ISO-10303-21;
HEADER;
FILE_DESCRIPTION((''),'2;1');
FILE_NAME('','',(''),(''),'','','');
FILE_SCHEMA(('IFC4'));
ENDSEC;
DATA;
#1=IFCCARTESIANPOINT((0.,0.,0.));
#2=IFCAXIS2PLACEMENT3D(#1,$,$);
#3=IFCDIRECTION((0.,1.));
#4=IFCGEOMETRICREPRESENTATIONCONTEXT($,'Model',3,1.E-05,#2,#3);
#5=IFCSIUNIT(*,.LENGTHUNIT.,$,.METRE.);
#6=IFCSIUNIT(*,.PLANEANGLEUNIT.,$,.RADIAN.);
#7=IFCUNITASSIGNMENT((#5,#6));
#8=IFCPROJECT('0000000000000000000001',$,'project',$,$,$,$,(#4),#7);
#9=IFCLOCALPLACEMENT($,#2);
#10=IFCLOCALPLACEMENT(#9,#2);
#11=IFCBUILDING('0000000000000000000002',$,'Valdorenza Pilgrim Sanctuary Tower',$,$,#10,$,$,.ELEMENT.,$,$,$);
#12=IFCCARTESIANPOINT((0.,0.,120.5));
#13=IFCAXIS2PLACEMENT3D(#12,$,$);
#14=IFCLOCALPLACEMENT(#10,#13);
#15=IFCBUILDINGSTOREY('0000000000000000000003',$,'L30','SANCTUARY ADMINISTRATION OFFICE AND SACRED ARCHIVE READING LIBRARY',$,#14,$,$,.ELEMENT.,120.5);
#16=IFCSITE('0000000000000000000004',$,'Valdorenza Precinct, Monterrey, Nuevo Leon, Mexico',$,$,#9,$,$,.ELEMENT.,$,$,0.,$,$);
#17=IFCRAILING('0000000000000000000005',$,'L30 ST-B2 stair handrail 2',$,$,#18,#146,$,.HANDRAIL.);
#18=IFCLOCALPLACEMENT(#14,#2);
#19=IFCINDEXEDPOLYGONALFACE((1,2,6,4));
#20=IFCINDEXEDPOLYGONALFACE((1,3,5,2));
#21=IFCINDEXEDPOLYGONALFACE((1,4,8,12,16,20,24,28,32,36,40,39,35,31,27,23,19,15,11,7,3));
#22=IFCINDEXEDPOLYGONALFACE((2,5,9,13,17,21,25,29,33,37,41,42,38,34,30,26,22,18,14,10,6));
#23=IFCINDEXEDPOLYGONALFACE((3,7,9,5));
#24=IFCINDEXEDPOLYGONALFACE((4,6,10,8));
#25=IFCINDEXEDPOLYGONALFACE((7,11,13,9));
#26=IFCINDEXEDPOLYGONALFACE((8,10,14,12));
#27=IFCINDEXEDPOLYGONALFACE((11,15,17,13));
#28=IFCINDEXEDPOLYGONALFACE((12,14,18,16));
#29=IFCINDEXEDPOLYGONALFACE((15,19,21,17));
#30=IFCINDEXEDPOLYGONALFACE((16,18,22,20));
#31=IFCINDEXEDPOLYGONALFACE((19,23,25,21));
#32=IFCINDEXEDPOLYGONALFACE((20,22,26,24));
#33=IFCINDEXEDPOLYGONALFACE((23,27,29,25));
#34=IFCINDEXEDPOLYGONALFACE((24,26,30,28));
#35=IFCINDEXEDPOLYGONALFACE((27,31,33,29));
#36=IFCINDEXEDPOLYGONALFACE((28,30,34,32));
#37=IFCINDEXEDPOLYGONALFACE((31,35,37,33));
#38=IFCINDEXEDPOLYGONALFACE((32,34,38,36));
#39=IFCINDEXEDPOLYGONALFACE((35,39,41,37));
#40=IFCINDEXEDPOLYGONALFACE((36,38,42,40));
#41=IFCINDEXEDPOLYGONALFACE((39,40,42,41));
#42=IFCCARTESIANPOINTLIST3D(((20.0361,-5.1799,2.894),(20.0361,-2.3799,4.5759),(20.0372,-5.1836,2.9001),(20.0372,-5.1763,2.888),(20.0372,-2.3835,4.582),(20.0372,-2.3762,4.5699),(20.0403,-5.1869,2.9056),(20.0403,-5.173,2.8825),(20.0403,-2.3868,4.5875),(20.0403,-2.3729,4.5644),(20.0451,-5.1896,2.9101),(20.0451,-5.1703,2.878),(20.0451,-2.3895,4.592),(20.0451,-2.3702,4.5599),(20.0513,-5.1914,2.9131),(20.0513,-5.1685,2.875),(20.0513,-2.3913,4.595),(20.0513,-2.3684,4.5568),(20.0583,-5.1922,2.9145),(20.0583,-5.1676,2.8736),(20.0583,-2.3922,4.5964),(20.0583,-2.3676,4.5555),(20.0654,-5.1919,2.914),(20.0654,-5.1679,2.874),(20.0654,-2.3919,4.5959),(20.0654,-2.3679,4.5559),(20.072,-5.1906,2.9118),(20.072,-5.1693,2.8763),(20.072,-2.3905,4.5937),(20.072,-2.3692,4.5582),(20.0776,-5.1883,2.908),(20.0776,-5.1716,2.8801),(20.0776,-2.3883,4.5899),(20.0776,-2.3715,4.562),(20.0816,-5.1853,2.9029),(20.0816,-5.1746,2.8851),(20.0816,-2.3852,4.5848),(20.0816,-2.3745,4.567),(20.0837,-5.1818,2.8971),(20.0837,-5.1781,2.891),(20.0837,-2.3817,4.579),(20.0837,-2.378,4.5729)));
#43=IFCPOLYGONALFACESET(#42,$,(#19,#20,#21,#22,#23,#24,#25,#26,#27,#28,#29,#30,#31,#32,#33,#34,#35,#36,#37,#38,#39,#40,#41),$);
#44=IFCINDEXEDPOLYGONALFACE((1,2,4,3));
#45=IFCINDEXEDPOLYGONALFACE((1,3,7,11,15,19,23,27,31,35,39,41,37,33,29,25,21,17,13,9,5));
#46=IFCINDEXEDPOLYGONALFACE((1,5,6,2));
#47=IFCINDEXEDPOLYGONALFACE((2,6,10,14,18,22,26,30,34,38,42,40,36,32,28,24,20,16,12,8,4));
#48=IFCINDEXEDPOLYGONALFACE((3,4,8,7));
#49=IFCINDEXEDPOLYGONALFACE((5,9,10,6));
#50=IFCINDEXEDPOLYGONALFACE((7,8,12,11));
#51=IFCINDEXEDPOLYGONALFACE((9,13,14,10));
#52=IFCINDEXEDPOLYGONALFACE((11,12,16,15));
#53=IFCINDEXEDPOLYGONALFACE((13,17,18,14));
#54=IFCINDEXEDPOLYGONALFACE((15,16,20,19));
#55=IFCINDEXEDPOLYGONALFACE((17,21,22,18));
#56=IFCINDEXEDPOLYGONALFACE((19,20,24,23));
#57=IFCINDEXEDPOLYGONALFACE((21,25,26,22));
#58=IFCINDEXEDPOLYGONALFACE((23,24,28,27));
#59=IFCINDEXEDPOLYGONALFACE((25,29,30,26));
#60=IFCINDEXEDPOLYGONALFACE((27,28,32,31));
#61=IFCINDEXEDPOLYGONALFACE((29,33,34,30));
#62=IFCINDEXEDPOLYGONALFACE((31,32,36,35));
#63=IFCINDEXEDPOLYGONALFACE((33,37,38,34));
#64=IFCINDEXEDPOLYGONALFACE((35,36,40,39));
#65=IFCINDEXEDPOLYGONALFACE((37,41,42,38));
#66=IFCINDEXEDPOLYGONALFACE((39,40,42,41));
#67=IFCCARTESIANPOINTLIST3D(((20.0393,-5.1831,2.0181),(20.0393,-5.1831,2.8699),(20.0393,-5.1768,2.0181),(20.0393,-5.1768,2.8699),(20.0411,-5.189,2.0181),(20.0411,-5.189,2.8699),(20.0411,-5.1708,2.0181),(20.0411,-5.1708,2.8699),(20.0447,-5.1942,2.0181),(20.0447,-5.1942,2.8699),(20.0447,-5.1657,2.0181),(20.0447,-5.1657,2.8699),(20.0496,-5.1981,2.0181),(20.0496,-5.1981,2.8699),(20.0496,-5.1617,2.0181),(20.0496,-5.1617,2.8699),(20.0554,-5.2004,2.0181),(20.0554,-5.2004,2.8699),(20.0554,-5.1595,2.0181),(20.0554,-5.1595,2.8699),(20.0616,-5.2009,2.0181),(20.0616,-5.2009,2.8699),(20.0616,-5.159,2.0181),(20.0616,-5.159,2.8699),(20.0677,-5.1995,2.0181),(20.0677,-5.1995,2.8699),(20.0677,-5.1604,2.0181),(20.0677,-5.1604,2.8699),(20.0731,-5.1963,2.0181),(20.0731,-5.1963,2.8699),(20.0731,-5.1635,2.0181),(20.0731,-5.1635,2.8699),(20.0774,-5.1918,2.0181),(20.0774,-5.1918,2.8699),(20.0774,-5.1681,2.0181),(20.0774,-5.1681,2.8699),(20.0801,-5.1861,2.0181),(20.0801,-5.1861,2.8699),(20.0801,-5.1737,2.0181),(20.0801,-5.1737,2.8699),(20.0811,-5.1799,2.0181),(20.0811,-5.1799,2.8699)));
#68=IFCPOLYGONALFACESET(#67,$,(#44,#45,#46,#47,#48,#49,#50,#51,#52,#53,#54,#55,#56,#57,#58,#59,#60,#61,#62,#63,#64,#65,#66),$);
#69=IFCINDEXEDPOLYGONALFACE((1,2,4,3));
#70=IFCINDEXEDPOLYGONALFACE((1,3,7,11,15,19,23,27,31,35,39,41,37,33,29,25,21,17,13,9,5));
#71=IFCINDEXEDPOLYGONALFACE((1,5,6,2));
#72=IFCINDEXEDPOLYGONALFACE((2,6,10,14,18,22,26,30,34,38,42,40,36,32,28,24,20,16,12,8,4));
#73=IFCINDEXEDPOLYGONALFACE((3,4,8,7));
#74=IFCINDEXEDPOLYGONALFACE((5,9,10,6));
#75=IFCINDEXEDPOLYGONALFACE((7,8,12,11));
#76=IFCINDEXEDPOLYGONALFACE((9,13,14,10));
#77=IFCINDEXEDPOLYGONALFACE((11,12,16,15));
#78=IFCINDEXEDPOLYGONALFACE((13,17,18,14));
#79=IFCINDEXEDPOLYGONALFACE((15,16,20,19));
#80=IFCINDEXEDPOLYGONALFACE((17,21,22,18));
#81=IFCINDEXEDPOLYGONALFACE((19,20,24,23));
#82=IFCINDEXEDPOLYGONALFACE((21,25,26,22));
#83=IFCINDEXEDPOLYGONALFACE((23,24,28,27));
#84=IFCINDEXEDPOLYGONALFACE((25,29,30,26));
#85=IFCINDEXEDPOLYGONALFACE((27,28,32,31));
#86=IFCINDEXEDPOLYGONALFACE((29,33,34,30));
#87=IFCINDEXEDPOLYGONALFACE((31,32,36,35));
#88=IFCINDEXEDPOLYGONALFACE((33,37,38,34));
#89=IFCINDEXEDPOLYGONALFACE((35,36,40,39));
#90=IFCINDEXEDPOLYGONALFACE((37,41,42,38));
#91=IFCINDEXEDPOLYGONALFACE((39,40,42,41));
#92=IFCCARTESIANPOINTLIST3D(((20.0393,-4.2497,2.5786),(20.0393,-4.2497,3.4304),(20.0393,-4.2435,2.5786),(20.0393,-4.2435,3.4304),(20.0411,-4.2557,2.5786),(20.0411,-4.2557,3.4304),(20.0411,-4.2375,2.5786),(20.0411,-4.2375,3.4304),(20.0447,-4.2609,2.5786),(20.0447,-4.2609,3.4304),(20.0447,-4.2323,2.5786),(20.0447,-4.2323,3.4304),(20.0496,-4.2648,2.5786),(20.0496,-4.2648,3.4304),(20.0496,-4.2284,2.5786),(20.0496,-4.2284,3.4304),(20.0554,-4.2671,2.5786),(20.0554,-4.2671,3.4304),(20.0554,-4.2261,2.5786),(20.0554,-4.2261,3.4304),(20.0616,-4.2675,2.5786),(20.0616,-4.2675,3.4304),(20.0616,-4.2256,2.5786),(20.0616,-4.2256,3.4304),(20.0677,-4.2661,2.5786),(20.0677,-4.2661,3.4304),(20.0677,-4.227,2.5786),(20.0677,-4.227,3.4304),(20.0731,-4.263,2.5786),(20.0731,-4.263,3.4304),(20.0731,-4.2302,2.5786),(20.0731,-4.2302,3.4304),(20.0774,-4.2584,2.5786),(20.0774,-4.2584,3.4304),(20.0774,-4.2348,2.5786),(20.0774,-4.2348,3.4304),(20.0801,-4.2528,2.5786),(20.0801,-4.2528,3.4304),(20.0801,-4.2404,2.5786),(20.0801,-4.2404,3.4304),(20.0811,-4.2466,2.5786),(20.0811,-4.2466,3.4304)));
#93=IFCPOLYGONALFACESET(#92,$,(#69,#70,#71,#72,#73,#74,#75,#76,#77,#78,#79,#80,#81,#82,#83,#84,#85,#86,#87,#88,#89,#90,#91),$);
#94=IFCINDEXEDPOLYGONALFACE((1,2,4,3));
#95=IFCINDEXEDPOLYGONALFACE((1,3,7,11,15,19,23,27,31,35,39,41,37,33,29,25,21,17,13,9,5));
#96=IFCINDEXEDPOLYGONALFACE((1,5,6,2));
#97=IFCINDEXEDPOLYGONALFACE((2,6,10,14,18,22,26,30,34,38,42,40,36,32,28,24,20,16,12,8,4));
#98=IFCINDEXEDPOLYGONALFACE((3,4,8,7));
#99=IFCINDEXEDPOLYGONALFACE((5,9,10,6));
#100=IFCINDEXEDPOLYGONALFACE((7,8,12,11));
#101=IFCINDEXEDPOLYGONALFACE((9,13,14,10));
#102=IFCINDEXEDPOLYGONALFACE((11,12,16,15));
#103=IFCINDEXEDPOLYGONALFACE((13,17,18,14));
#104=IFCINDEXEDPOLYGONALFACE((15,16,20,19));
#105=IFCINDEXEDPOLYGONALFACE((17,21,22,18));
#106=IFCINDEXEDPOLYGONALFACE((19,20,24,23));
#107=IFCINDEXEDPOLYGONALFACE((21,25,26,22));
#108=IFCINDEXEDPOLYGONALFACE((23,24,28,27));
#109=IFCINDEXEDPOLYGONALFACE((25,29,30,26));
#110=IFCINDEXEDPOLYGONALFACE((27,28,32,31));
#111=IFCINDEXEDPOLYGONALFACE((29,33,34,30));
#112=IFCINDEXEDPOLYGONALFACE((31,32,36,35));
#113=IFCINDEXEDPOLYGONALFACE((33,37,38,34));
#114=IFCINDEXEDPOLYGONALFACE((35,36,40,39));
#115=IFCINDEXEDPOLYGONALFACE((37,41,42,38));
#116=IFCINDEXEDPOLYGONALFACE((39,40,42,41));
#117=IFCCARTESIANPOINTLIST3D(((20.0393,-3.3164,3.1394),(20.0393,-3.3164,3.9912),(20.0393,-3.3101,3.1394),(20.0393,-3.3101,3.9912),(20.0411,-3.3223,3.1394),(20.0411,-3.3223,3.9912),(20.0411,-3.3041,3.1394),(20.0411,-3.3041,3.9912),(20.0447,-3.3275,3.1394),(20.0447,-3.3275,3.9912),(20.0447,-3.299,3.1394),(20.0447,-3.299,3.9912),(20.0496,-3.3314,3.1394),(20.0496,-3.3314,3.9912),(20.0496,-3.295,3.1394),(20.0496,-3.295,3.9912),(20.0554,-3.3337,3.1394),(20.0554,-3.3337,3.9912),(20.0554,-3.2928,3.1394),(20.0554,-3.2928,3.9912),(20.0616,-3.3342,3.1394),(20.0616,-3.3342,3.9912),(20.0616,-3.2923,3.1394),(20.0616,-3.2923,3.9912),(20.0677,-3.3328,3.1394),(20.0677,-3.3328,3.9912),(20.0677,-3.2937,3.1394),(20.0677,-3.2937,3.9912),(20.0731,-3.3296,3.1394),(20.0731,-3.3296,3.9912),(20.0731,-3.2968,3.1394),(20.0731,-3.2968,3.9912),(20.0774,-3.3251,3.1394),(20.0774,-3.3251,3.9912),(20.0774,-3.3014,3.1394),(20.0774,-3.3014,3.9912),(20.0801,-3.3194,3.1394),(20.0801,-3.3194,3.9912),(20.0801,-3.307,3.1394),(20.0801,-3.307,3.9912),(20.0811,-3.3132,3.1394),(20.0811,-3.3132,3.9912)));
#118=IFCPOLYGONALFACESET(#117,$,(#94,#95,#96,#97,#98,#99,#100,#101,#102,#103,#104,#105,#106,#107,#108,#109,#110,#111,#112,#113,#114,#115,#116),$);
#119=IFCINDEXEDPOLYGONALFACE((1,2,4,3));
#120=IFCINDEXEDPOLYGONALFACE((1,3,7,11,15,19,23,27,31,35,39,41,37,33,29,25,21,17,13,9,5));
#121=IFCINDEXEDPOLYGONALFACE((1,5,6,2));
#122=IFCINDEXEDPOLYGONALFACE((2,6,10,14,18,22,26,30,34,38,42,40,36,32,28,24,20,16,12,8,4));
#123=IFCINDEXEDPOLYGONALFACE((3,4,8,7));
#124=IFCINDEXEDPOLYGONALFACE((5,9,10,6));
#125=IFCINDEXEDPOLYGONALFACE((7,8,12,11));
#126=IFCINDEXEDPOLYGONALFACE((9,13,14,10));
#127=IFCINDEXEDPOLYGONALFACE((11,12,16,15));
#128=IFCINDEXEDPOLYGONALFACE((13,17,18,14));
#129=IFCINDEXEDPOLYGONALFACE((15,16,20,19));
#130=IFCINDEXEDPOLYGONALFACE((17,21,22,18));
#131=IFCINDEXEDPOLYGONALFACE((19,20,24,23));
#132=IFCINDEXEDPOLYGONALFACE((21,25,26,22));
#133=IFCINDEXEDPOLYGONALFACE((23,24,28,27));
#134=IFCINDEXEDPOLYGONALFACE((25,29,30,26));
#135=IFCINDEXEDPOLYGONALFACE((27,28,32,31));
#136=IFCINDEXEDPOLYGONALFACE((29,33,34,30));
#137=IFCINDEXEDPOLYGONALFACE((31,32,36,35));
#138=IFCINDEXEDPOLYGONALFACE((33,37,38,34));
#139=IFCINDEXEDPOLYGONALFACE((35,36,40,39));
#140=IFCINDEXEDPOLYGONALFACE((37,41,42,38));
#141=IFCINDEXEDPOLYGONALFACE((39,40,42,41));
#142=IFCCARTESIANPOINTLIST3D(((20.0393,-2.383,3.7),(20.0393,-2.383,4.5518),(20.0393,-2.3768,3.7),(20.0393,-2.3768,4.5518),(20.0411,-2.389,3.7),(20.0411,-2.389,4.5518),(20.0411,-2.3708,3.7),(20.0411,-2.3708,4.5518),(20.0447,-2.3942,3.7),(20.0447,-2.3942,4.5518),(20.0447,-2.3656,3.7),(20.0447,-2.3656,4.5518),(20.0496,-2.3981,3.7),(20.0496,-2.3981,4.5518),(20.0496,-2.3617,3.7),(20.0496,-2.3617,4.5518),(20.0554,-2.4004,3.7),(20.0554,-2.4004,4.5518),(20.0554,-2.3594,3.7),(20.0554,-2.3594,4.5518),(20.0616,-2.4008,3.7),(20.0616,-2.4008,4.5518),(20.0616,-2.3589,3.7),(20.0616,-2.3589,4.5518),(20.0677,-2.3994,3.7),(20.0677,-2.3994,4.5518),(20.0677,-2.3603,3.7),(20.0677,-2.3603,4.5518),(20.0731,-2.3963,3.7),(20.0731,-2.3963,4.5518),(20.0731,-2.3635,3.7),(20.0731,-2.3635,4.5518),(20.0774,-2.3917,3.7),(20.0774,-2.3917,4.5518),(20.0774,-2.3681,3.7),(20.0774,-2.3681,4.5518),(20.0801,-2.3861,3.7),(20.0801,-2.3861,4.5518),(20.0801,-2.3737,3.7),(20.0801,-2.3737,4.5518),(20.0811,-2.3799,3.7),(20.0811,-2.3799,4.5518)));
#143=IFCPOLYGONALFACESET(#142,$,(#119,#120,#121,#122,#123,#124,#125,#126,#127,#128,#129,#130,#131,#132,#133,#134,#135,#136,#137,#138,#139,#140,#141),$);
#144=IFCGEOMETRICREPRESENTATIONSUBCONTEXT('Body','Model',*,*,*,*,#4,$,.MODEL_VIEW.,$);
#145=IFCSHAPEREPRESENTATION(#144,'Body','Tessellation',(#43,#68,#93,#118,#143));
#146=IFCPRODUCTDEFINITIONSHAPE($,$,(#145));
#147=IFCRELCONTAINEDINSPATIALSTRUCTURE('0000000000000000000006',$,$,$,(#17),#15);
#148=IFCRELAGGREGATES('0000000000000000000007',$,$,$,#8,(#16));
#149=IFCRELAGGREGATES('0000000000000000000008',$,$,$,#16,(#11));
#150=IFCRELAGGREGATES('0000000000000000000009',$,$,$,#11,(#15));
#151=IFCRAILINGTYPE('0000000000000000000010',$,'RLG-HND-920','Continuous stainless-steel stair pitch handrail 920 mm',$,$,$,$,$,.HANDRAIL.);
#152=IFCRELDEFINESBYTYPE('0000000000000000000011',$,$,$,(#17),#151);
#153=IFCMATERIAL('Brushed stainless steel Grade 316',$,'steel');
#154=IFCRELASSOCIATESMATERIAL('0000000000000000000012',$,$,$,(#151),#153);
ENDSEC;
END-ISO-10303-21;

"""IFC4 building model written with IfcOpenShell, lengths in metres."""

from ifc_helpers import new_model, si_unit, direction, frame, origin, origin_2d, place, context, subcontext, project, spatial, circle, extrude, material, type_object, element, save


model = new_model("IFC4")

# Units and contexts
model_context = context("Model", 3, precision=1e-05, world=origin(), true_north=direction((0.0, 1.0)))
body_context = subcontext(model_context, "Body", "Model", "MODEL_VIEW")
ifc_project = project(units=[si_unit("LENGTHUNIT", "METRE"), si_unit("PLANEANGLEUNIT", "RADIAN")], contexts=[model_context])

# Site, building, storey
site_placement = place(None, origin())
site = spatial("IfcSite", under=ifc_project, at=site_placement, Name="Valdorenza Precinct, Monterrey, Nuevo Leon, Mexico", CompositionType="ELEMENT", RefElevation=0.0)
building_placement = place(site_placement, origin())
building = spatial("IfcBuilding", under=site, at=building_placement, Name="Valdorenza Pilgrim Sanctuary Tower", CompositionType="ELEMENT")
storey_placement = place(building_placement, frame((0.0, 0.0, 120.5)))
storey = spatial("IfcBuildingStorey", under=building, at=storey_placement, Name="L30", Description="SANCTUARY ADMINISTRATION OFFICE AND SACRED ARCHIVE READING LIBRARY", CompositionType="ELEMENT", Elevation=120.5)

# Railing
ifc_material_1 = material(Name="Brushed stainless steel Grade 316", Category="steel")
railing_type_1 = type_object("IfcRailingType", Name="RLG-HND-920", Description="Continuous stainless-steel stair pitch handrail 920 mm", PredefinedType="HANDRAIL", material=ifc_material_1)
railing_1_placement = place(storey_placement, frame((20.0601, -5.1799, 2.0181)))
element("IfcRailing", 1, at=railing_1_placement, inside=storey, type_object=railing_type_1, Name="L30 ST-B2 stair handrail 2", PredefinedType="HANDRAIL", context=body_context, shape_type="SweptSolid", body=[
    extrude(circle(Radius=0.0239, at=origin_2d()), frame((0.0, 0.0, 0.876), z_axis=(0.0, 0.857242, 0.514913), x_axis=(-1.0, 0.0, 0.0)), (0.0, 0.0, 1.0), 3.2664),
    extrude(circle(Radius=0.021, at=origin_2d()), origin(), (0.0, 0.0, 1.0), 0.8518),
    extrude(circle(Radius=0.021, at=origin_2d()), frame((0.0, 0.9333, 0.5605)), (0.0, 0.0, 1.0), 0.8518),
    extrude(circle(Radius=0.021, at=origin_2d()), frame((0.0, 1.8667, 1.1213)), (0.0, 0.0, 1.0), 0.8518),
    extrude(circle(Radius=0.021, at=origin_2d()), frame((0.0, 2.8, 1.6819)), (0.0, 0.0, 1.0), 0.8518),
])

save(model, "model.ifc")
